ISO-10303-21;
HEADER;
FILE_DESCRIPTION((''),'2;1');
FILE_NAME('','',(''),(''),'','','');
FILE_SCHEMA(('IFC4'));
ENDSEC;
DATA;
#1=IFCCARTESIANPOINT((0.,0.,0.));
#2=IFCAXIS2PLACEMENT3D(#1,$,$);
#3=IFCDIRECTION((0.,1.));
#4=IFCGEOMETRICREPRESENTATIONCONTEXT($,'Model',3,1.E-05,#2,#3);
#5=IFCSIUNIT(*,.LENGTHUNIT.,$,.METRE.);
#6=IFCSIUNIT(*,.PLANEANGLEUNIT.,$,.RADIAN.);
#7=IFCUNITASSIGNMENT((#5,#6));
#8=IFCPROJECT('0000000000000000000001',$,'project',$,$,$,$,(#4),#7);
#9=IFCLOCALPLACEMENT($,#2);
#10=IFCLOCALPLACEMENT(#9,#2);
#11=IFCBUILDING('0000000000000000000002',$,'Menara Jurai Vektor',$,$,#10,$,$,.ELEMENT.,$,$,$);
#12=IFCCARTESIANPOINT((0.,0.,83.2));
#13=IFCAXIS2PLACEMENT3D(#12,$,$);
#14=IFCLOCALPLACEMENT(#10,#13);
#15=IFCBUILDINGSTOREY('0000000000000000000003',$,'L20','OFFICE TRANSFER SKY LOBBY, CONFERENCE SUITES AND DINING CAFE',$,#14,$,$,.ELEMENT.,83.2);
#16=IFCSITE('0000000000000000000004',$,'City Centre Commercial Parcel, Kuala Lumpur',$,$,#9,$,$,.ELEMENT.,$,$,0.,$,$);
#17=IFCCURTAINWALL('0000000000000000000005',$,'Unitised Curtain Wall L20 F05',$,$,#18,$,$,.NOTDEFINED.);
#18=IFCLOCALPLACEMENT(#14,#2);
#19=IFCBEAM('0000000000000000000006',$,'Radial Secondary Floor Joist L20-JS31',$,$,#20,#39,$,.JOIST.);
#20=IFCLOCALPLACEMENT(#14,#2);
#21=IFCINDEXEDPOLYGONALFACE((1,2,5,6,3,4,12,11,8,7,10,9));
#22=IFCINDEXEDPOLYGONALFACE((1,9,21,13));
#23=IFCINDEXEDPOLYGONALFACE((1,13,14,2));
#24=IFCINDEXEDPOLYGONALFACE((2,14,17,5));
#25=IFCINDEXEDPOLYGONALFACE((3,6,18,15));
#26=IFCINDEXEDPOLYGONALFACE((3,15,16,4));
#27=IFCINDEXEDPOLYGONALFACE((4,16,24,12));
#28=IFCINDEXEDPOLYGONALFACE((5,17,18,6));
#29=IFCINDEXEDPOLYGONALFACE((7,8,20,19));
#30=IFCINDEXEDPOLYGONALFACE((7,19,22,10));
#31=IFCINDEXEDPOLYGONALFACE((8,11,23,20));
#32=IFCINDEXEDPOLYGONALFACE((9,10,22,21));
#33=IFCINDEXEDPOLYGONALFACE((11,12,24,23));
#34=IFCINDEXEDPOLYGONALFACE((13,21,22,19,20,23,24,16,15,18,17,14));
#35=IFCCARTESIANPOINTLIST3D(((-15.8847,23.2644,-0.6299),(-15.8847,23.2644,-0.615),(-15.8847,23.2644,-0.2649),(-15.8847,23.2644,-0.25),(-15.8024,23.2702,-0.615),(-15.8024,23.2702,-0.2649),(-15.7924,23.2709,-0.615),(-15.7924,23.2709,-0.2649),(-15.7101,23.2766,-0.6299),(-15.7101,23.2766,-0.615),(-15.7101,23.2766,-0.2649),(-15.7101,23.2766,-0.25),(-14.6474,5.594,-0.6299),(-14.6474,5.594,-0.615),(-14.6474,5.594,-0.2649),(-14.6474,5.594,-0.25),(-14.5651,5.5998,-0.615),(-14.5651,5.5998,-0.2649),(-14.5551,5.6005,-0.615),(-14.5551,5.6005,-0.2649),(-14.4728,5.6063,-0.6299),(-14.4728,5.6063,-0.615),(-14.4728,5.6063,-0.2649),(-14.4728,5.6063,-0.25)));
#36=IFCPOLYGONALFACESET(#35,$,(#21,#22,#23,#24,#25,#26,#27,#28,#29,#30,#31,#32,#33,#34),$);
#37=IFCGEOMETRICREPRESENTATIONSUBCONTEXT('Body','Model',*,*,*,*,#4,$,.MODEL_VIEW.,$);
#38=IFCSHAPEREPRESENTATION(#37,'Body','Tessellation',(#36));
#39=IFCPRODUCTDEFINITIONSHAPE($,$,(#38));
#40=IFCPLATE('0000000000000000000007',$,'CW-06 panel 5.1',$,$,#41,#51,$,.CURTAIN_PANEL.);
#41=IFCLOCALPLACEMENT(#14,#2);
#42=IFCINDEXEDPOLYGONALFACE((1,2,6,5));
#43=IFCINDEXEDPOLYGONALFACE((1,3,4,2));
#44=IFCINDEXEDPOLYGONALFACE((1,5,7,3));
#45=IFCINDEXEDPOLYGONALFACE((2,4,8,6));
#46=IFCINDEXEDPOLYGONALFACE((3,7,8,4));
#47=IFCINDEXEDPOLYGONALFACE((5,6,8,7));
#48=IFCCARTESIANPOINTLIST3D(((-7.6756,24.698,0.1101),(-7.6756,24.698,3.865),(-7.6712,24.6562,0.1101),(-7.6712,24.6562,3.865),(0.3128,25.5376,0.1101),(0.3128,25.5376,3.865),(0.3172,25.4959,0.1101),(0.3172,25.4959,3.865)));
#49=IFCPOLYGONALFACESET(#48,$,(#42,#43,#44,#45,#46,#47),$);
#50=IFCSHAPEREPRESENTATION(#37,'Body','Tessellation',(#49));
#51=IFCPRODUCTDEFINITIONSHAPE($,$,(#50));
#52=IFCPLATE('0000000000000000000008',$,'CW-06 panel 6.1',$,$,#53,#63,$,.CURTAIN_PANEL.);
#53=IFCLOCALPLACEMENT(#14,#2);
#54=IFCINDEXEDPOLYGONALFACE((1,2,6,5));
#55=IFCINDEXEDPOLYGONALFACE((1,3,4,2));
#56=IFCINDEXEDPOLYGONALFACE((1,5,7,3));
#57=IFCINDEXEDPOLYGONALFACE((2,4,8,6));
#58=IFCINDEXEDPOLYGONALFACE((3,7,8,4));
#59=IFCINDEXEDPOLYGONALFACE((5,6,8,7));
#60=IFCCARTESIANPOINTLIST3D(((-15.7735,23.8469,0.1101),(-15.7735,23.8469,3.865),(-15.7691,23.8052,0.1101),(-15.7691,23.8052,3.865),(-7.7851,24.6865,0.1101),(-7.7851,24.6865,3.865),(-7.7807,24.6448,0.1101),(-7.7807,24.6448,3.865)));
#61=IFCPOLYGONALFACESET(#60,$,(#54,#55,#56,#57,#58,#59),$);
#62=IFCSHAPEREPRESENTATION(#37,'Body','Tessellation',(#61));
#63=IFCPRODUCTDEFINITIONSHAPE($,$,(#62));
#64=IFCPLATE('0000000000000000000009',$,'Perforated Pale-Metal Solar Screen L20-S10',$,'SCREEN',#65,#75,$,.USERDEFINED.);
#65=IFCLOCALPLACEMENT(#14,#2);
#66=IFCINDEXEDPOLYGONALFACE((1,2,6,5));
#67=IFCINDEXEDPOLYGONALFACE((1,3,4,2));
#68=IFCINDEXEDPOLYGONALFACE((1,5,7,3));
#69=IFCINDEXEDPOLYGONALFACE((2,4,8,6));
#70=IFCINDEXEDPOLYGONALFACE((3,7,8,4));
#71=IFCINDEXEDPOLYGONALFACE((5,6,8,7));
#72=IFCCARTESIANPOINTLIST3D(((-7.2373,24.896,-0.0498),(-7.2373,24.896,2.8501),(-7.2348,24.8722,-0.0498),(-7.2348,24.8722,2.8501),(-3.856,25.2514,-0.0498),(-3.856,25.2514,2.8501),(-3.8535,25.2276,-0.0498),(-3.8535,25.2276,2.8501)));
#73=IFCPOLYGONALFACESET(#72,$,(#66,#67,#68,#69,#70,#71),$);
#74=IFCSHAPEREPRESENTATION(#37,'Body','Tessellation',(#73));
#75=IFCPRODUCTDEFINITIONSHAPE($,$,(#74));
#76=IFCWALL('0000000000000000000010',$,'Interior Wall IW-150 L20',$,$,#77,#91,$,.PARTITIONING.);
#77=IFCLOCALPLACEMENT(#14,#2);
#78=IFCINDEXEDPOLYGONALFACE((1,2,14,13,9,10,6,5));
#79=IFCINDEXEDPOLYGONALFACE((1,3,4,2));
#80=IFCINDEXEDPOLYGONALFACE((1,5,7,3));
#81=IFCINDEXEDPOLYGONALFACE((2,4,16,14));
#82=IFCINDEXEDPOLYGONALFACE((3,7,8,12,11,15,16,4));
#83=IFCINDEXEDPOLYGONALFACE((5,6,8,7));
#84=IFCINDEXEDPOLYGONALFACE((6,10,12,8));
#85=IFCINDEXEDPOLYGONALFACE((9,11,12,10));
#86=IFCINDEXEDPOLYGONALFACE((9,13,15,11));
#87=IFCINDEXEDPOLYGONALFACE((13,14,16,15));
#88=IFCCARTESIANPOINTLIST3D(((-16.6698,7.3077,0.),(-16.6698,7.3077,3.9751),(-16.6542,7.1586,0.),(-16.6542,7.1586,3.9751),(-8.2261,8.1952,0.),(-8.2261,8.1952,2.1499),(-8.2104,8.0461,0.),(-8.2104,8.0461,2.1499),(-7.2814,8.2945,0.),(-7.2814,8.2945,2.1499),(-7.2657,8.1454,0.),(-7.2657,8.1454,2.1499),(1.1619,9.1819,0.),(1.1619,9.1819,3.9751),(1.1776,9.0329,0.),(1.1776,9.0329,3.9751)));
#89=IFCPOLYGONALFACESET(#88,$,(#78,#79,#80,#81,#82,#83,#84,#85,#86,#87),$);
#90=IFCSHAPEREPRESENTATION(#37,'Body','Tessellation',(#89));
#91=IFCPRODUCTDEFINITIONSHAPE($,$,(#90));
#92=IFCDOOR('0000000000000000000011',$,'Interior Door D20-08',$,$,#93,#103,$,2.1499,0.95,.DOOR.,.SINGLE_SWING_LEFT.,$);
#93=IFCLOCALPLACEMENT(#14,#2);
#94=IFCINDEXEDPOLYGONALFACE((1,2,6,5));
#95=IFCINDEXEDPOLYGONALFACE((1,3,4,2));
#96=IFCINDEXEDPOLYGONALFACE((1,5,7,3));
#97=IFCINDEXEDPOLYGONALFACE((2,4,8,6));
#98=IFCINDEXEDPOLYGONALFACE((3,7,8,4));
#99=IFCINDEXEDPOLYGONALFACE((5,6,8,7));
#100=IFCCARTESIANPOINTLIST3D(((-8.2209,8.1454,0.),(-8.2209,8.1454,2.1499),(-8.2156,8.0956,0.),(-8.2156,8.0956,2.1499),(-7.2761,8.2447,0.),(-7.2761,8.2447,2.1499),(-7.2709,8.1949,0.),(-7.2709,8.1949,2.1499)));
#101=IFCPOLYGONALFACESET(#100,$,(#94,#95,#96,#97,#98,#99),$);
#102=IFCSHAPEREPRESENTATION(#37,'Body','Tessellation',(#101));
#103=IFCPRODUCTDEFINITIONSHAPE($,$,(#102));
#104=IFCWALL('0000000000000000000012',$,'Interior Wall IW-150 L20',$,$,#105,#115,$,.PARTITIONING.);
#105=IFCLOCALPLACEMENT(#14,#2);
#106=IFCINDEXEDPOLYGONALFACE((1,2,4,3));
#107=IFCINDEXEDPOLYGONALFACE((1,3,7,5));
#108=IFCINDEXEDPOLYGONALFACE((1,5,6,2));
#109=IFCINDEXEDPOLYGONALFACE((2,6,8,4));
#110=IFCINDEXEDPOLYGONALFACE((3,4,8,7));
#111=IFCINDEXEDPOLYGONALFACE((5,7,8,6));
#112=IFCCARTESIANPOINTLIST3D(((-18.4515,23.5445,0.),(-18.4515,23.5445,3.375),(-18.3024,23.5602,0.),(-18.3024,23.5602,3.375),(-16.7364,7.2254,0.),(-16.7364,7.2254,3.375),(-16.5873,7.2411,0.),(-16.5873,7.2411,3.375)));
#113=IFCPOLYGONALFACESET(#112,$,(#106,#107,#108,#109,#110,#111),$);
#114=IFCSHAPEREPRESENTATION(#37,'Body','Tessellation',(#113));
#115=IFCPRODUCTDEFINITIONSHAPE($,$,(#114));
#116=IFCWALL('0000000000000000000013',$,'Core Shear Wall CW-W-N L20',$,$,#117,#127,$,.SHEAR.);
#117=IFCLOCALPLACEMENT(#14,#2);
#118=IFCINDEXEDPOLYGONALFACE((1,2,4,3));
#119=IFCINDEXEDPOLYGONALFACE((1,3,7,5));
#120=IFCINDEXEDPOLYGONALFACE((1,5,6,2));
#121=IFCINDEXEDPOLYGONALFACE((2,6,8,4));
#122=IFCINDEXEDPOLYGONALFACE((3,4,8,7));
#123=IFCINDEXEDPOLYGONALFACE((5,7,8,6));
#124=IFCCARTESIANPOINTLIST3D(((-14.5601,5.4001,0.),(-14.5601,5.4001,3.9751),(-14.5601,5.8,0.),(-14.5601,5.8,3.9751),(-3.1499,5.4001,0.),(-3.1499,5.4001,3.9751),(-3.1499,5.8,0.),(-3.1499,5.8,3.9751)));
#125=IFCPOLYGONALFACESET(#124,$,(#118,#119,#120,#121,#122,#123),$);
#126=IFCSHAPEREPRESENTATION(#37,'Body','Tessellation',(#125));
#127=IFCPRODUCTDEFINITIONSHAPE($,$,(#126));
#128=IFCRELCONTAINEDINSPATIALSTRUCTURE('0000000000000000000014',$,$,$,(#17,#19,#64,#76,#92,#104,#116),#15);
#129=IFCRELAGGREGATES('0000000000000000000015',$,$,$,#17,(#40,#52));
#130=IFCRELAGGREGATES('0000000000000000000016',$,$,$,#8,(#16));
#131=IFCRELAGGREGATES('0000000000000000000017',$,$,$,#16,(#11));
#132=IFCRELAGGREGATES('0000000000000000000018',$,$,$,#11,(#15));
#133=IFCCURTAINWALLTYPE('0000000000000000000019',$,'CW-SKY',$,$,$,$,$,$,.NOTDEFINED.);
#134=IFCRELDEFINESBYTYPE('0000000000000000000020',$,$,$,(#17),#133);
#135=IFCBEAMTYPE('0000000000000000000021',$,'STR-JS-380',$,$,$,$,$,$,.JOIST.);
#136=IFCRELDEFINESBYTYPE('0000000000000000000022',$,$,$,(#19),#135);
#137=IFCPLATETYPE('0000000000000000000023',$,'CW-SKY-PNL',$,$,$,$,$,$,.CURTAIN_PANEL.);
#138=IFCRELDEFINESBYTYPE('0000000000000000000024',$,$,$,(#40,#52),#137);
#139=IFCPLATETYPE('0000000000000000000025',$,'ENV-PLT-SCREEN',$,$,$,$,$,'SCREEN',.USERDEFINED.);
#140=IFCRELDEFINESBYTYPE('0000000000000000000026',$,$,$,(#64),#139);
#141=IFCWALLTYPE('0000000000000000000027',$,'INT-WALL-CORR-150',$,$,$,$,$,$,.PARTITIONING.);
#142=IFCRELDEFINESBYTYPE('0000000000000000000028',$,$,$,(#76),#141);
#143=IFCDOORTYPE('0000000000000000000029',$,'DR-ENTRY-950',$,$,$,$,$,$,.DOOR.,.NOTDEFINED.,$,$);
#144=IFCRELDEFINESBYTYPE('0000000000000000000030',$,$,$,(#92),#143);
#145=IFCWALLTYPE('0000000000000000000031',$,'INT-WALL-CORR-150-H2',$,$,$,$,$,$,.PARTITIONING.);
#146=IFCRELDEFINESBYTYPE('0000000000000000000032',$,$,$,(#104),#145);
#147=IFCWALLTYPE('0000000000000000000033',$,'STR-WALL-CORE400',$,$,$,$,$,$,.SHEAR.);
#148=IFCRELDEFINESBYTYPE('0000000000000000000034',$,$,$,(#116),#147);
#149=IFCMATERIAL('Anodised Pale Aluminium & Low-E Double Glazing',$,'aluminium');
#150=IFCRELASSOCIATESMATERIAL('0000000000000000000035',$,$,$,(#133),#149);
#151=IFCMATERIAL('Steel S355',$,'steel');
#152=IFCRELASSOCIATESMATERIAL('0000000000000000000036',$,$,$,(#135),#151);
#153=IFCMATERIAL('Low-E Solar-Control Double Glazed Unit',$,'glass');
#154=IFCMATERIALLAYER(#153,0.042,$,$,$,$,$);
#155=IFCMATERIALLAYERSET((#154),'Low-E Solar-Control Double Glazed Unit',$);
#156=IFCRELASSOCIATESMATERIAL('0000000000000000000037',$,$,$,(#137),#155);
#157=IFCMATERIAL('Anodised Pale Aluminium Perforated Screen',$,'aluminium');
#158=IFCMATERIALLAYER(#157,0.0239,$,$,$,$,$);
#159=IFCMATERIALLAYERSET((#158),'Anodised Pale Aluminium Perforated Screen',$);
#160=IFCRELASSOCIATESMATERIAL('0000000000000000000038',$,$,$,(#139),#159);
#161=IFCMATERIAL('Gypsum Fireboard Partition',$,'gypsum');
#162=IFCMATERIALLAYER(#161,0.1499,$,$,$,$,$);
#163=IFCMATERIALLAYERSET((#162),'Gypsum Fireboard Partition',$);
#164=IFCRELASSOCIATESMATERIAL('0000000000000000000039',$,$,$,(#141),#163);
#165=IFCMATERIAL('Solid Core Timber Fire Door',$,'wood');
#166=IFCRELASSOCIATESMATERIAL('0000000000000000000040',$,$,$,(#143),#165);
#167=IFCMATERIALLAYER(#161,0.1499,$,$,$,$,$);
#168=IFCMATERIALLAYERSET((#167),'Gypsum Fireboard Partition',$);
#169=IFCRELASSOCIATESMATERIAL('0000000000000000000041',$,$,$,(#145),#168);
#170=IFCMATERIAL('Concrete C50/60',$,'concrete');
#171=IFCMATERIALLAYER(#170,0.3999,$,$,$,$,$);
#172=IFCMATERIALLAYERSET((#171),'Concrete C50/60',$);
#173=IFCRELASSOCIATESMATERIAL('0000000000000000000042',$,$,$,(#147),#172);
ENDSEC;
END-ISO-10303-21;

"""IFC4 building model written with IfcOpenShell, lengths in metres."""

from ifc_helpers import new_model, si_unit, direction, frame, frame_2d, origin, origin_2d, place, context, subcontext, project, spatial, rectangle, i_section, extrude, material, layer, layer_set, material_profile, profile_set, type_object, element, fill, aggregate, save


model = new_model("IFC4")

# Units and contexts
model_context = context("Model", 3, precision=1e-05, world=origin(), true_north=direction((0.0, 1.0)))
body_context = subcontext(model_context, "Body", "Model", "MODEL_VIEW")
ifc_project = project(units=[si_unit("LENGTHUNIT", "METRE"), si_unit("PLANEANGLEUNIT", "RADIAN")], contexts=[model_context])

# Site, building, storey
site_placement = place(None, origin())
site = spatial("IfcSite", under=ifc_project, at=site_placement, Name="City Centre Commercial Parcel, Kuala Lumpur", CompositionType="ELEMENT", RefElevation=0.0)
building_placement = place(site_placement, origin())
building = spatial("IfcBuilding", under=site, at=building_placement, Name="Menara Jurai Vektor", CompositionType="ELEMENT")
storey_placement = place(building_placement, frame((0.0, 0.0, 83.2)))
storey = spatial("IfcBuildingStorey", under=building, at=storey_placement, Name="L20", Description="OFFICE TRANSFER SKY LOBBY, CONFERENCE SUITES AND DINING CAFE", CompositionType="ELEMENT", Elevation=83.2)

# Shared definitions
ifc_material_1 = material(Name="Steel S355", Category="steel")

# Curtain wall
ifc_material_2 = material(Name="Anodised Pale Aluminium & Low-E Double Glazing", Category="aluminium")
curtain_wall_type = type_object("IfcCurtainWallType", Name="CW-SKY", PredefinedType="NOTDEFINED", material=ifc_material_2)
curtain_wall_placement = place(storey_placement, origin())
curtain_wall = element("IfcCurtainWall", 1, at=curtain_wall_placement, inside=storey, type_object=curtain_wall_type, Name="Unitised Curtain Wall L20 F05", PredefinedType="NOTDEFINED")

# Beam
ifc_material_profile_1 = material_profile(ifc_material_1, i_section(OverallWidth=0.175, OverallDepth=0.3799, WebThickness=0.01, FlangeThickness=0.0149, at=origin_2d()), Name="PG 380x175x58")
ifc_profile_set_1 = profile_set([ifc_material_profile_1], Name="Steel S355")
beam_type_1 = type_object("IfcBeamType", Name="STR-JS-380", PredefinedType="JOIST", material=ifc_profile_set_1)
beam_1_placement = place(storey_placement, frame((-15.7974, 23.2705, -0.4399), z_axis=(0.06985, -0.997557, 0.0), x_axis=(0.997557, 0.06985, 0.0)))
element("IfcBeam", 2, at=beam_1_placement, inside=storey, type_object=beam_type_1, Name="Radial Secondary Floor Joist L20-JS31", PredefinedType="JOIST", context=body_context, shape_type="SweptSolid", body=[
    extrude(i_section(OverallWidth=0.175, OverallDepth=0.3799, WebThickness=0.01, FlangeThickness=0.0149, at=origin_2d()), origin(), (0.0, 0.0, 1.0), 17.7136),
])

# Plates
ifc_material_3 = material(Name="Low-E Solar-Control Double Glazed Unit", Category="glass")
ifc_layer_1 = layer(ifc_material_3, 0.042)
ifc_layer_set_1 = layer_set([ifc_layer_1], Name="Low-E Solar-Control Double Glazed Unit")
plate_type_1 = type_object("IfcPlateType", Name="CW-SKY-PNL", PredefinedType="CURTAIN_PANEL", material=ifc_layer_set_1)
plate_1_placement = place(storey_placement, frame((-3.6792, 25.0969, 0.1101), z_axis=(0.0, 0.0, 1.0), x_axis=(-0.994522, -0.104529, 0.0)))
plate_1 = element("IfcPlate", 3, at=plate_1_placement, type_object=plate_type_1, Name="CW-06 panel 5.1", PredefinedType="CURTAIN_PANEL", context=body_context, shape_type="SweptSolid", body=[
    extrude(rectangle(XDim=8.0325, YDim=0.042, at=origin_2d()), origin(), (0.0, 0.0, 1.0), 3.7549),
])
plate_2_placement = place(storey_placement, frame((-11.7771, 24.2458, 0.1101), z_axis=(0.0, 0.0, 1.0), x_axis=(-0.994522, -0.104529, 0.0)))
plate_2 = element("IfcPlate", 4, at=plate_2_placement, type_object=plate_type_1, Name="CW-06 panel 6.1", PredefinedType="CURTAIN_PANEL", context=body_context, shape_type="SweptSolid", body=[
    extrude(rectangle(XDim=8.0325, YDim=0.042, at=origin_2d()), origin(), (0.0, 0.0, 1.0), 3.7549),
])
aggregate(curtain_wall, [plate_1, plate_2])
ifc_material_4 = material(Name="Anodised Pale Aluminium Perforated Screen", Category="aluminium")
ifc_layer_2 = layer(ifc_material_4, 0.0239)
ifc_layer_set_2 = layer_set([ifc_layer_2], Name="Anodised Pale Aluminium Perforated Screen")
plate_type_2 = type_object("IfcPlateType", Name="ENV-PLT-SCREEN", ElementType="SCREEN", PredefinedType="USERDEFINED", material=ifc_layer_set_2)
plate_3_placement = place(storey_placement, frame((-5.5454, 25.0618, -0.0498), z_axis=(0.0, 0.0, 1.0), x_axis=(-0.994522, -0.104528, 0.0)))
element("IfcPlate", 5, at=plate_3_placement, inside=storey, type_object=plate_type_2, Name="Perforated Pale-Metal Solar Screen L20-S10", ObjectType="SCREEN", PredefinedType="USERDEFINED", context=body_context, shape_type="SweptSolid", body=[
    extrude(rectangle(XDim=3.3999, YDim=0.0239, at=origin_2d()), origin(), (0.0, 0.0, 1.0), 2.8999),
])

# Wall, opening, door
ifc_material_5 = material(Name="Gypsum Fireboard Partition", Category="gypsum")
ifc_layer_3 = layer(ifc_material_5, 0.1499)
ifc_layer_set_3 = layer_set([ifc_layer_3], Name="Gypsum Fireboard Partition")
wall_type_1 = type_object("IfcWallType", Name="INT-WALL-CORR-150", PredefinedType="PARTITIONING", material=ifc_layer_set_3)
wall_1_placement = place(storey_placement, frame((-16.6619, 7.2332, 0.0), z_axis=(0.0, 0.0, 1.0), x_axis=(0.994521, 0.104532, 0.0)))
wall_1 = element("IfcWall", 6, at=wall_1_placement, inside=storey, type_object=wall_type_1, Name="Interior Wall IW-150 L20", PredefinedType="PARTITIONING", context=body_context, shape_type="SweptSolid", body=[
    extrude(rectangle(XDim=17.9299, YDim=0.1499, at=frame_2d((8.9648, 0.0))), origin(), (0.0, 0.0, 1.0), 3.9751),
])
opening_placement = place(wall_1_placement, frame((8.49, 0.0, 0.0)))
opening = element("IfcOpeningElement", 7, at=opening_placement, cuts=wall_1, PredefinedType="OPENING", context=body_context, shape_type="SweptSolid", body=[
    extrude(rectangle(XDim=0.95, YDim=2.1499, at=frame_2d((0.4751, 1.075))), frame((0.0, 0.085, 0.0), z_axis=(0.0, -1.0, 0.0), x_axis=(1.0, 0.0, 0.0)), (0.0, 0.0, 1.0), 0.1699),
])
ifc_material_6 = material(Name="Solid Core Timber Fire Door", Category="wood")
door_type = type_object("IfcDoorType", Name="DR-ENTRY-950", OperationType="NOTDEFINED", PredefinedType="DOOR", material=ifc_material_6)
door_placement = place(opening_placement, origin())
door = element("IfcDoor", 8, at=door_placement, inside=storey, type_object=door_type, Name="Interior Door D20-08", OperationType="SINGLE_SWING_LEFT", OverallHeight=2.1499, OverallWidth=0.95, PredefinedType="DOOR", context=body_context, shape_type="SweptSolid", body=[
    extrude(rectangle(XDim=0.95, YDim=2.1499, at=frame_2d((0.4751, 1.075))), frame((0.0, 0.0249, 0.0), z_axis=(0.0, -1.0, 0.0), x_axis=(1.0, 0.0, 0.0)), (0.0, 0.0, 1.0), 0.05),
])
fill(opening, door)

# Walls
ifc_layer_4 = layer(ifc_material_5, 0.1499)
ifc_layer_set_4 = layer_set([ifc_layer_4], Name="Gypsum Fireboard Partition")
wall_type_2 = type_object("IfcWallType", Name="INT-WALL-CORR-150-H2", PredefinedType="PARTITIONING", material=ifc_layer_set_4)
wall_2_placement = place(storey_placement, frame((-16.6619, 7.2332, 0.0), z_axis=(0.0, 0.0, 1.0), x_axis=(-0.104521, 0.994523, 0.0)))
element("IfcWall", 9, at=wall_2_placement, inside=storey, type_object=wall_type_2, Name="Interior Wall IW-150 L20", PredefinedType="PARTITIONING", context=body_context, shape_type="SweptSolid", body=[
    extrude(rectangle(XDim=16.4089, YDim=0.1499, at=frame_2d((8.2046, 0.0))), origin(), (0.0, 0.0, 1.0), 3.375),
])
ifc_material_7 = material(Name="Concrete C50/60", Category="concrete")
ifc_layer_5 = layer(ifc_material_7, 0.3999)
ifc_layer_set_5 = layer_set([ifc_layer_5], Name="Concrete C50/60")
wall_type_3 = type_object("IfcWallType", Name="STR-WALL-CORE400", PredefinedType="SHEAR", material=ifc_layer_set_5)
wall_3_placement = place(storey_placement, frame((-14.5601, 5.6001, 0.0), z_axis=(0.0, 0.0, 1.0), x_axis=(1.0, 0.0, 0.0)))
element("IfcWall", 10, at=wall_3_placement, inside=storey, type_object=wall_type_3, Name="Core Shear Wall CW-W-N L20", PredefinedType="SHEAR", context=body_context, shape_type="SweptSolid", body=[
    extrude(rectangle(XDim=11.4102, YDim=0.3999, at=frame_2d((5.7051, 0.0))), origin(), (0.0, 0.0, 1.0), 3.9751),
])

save(model, "model.ifc")
